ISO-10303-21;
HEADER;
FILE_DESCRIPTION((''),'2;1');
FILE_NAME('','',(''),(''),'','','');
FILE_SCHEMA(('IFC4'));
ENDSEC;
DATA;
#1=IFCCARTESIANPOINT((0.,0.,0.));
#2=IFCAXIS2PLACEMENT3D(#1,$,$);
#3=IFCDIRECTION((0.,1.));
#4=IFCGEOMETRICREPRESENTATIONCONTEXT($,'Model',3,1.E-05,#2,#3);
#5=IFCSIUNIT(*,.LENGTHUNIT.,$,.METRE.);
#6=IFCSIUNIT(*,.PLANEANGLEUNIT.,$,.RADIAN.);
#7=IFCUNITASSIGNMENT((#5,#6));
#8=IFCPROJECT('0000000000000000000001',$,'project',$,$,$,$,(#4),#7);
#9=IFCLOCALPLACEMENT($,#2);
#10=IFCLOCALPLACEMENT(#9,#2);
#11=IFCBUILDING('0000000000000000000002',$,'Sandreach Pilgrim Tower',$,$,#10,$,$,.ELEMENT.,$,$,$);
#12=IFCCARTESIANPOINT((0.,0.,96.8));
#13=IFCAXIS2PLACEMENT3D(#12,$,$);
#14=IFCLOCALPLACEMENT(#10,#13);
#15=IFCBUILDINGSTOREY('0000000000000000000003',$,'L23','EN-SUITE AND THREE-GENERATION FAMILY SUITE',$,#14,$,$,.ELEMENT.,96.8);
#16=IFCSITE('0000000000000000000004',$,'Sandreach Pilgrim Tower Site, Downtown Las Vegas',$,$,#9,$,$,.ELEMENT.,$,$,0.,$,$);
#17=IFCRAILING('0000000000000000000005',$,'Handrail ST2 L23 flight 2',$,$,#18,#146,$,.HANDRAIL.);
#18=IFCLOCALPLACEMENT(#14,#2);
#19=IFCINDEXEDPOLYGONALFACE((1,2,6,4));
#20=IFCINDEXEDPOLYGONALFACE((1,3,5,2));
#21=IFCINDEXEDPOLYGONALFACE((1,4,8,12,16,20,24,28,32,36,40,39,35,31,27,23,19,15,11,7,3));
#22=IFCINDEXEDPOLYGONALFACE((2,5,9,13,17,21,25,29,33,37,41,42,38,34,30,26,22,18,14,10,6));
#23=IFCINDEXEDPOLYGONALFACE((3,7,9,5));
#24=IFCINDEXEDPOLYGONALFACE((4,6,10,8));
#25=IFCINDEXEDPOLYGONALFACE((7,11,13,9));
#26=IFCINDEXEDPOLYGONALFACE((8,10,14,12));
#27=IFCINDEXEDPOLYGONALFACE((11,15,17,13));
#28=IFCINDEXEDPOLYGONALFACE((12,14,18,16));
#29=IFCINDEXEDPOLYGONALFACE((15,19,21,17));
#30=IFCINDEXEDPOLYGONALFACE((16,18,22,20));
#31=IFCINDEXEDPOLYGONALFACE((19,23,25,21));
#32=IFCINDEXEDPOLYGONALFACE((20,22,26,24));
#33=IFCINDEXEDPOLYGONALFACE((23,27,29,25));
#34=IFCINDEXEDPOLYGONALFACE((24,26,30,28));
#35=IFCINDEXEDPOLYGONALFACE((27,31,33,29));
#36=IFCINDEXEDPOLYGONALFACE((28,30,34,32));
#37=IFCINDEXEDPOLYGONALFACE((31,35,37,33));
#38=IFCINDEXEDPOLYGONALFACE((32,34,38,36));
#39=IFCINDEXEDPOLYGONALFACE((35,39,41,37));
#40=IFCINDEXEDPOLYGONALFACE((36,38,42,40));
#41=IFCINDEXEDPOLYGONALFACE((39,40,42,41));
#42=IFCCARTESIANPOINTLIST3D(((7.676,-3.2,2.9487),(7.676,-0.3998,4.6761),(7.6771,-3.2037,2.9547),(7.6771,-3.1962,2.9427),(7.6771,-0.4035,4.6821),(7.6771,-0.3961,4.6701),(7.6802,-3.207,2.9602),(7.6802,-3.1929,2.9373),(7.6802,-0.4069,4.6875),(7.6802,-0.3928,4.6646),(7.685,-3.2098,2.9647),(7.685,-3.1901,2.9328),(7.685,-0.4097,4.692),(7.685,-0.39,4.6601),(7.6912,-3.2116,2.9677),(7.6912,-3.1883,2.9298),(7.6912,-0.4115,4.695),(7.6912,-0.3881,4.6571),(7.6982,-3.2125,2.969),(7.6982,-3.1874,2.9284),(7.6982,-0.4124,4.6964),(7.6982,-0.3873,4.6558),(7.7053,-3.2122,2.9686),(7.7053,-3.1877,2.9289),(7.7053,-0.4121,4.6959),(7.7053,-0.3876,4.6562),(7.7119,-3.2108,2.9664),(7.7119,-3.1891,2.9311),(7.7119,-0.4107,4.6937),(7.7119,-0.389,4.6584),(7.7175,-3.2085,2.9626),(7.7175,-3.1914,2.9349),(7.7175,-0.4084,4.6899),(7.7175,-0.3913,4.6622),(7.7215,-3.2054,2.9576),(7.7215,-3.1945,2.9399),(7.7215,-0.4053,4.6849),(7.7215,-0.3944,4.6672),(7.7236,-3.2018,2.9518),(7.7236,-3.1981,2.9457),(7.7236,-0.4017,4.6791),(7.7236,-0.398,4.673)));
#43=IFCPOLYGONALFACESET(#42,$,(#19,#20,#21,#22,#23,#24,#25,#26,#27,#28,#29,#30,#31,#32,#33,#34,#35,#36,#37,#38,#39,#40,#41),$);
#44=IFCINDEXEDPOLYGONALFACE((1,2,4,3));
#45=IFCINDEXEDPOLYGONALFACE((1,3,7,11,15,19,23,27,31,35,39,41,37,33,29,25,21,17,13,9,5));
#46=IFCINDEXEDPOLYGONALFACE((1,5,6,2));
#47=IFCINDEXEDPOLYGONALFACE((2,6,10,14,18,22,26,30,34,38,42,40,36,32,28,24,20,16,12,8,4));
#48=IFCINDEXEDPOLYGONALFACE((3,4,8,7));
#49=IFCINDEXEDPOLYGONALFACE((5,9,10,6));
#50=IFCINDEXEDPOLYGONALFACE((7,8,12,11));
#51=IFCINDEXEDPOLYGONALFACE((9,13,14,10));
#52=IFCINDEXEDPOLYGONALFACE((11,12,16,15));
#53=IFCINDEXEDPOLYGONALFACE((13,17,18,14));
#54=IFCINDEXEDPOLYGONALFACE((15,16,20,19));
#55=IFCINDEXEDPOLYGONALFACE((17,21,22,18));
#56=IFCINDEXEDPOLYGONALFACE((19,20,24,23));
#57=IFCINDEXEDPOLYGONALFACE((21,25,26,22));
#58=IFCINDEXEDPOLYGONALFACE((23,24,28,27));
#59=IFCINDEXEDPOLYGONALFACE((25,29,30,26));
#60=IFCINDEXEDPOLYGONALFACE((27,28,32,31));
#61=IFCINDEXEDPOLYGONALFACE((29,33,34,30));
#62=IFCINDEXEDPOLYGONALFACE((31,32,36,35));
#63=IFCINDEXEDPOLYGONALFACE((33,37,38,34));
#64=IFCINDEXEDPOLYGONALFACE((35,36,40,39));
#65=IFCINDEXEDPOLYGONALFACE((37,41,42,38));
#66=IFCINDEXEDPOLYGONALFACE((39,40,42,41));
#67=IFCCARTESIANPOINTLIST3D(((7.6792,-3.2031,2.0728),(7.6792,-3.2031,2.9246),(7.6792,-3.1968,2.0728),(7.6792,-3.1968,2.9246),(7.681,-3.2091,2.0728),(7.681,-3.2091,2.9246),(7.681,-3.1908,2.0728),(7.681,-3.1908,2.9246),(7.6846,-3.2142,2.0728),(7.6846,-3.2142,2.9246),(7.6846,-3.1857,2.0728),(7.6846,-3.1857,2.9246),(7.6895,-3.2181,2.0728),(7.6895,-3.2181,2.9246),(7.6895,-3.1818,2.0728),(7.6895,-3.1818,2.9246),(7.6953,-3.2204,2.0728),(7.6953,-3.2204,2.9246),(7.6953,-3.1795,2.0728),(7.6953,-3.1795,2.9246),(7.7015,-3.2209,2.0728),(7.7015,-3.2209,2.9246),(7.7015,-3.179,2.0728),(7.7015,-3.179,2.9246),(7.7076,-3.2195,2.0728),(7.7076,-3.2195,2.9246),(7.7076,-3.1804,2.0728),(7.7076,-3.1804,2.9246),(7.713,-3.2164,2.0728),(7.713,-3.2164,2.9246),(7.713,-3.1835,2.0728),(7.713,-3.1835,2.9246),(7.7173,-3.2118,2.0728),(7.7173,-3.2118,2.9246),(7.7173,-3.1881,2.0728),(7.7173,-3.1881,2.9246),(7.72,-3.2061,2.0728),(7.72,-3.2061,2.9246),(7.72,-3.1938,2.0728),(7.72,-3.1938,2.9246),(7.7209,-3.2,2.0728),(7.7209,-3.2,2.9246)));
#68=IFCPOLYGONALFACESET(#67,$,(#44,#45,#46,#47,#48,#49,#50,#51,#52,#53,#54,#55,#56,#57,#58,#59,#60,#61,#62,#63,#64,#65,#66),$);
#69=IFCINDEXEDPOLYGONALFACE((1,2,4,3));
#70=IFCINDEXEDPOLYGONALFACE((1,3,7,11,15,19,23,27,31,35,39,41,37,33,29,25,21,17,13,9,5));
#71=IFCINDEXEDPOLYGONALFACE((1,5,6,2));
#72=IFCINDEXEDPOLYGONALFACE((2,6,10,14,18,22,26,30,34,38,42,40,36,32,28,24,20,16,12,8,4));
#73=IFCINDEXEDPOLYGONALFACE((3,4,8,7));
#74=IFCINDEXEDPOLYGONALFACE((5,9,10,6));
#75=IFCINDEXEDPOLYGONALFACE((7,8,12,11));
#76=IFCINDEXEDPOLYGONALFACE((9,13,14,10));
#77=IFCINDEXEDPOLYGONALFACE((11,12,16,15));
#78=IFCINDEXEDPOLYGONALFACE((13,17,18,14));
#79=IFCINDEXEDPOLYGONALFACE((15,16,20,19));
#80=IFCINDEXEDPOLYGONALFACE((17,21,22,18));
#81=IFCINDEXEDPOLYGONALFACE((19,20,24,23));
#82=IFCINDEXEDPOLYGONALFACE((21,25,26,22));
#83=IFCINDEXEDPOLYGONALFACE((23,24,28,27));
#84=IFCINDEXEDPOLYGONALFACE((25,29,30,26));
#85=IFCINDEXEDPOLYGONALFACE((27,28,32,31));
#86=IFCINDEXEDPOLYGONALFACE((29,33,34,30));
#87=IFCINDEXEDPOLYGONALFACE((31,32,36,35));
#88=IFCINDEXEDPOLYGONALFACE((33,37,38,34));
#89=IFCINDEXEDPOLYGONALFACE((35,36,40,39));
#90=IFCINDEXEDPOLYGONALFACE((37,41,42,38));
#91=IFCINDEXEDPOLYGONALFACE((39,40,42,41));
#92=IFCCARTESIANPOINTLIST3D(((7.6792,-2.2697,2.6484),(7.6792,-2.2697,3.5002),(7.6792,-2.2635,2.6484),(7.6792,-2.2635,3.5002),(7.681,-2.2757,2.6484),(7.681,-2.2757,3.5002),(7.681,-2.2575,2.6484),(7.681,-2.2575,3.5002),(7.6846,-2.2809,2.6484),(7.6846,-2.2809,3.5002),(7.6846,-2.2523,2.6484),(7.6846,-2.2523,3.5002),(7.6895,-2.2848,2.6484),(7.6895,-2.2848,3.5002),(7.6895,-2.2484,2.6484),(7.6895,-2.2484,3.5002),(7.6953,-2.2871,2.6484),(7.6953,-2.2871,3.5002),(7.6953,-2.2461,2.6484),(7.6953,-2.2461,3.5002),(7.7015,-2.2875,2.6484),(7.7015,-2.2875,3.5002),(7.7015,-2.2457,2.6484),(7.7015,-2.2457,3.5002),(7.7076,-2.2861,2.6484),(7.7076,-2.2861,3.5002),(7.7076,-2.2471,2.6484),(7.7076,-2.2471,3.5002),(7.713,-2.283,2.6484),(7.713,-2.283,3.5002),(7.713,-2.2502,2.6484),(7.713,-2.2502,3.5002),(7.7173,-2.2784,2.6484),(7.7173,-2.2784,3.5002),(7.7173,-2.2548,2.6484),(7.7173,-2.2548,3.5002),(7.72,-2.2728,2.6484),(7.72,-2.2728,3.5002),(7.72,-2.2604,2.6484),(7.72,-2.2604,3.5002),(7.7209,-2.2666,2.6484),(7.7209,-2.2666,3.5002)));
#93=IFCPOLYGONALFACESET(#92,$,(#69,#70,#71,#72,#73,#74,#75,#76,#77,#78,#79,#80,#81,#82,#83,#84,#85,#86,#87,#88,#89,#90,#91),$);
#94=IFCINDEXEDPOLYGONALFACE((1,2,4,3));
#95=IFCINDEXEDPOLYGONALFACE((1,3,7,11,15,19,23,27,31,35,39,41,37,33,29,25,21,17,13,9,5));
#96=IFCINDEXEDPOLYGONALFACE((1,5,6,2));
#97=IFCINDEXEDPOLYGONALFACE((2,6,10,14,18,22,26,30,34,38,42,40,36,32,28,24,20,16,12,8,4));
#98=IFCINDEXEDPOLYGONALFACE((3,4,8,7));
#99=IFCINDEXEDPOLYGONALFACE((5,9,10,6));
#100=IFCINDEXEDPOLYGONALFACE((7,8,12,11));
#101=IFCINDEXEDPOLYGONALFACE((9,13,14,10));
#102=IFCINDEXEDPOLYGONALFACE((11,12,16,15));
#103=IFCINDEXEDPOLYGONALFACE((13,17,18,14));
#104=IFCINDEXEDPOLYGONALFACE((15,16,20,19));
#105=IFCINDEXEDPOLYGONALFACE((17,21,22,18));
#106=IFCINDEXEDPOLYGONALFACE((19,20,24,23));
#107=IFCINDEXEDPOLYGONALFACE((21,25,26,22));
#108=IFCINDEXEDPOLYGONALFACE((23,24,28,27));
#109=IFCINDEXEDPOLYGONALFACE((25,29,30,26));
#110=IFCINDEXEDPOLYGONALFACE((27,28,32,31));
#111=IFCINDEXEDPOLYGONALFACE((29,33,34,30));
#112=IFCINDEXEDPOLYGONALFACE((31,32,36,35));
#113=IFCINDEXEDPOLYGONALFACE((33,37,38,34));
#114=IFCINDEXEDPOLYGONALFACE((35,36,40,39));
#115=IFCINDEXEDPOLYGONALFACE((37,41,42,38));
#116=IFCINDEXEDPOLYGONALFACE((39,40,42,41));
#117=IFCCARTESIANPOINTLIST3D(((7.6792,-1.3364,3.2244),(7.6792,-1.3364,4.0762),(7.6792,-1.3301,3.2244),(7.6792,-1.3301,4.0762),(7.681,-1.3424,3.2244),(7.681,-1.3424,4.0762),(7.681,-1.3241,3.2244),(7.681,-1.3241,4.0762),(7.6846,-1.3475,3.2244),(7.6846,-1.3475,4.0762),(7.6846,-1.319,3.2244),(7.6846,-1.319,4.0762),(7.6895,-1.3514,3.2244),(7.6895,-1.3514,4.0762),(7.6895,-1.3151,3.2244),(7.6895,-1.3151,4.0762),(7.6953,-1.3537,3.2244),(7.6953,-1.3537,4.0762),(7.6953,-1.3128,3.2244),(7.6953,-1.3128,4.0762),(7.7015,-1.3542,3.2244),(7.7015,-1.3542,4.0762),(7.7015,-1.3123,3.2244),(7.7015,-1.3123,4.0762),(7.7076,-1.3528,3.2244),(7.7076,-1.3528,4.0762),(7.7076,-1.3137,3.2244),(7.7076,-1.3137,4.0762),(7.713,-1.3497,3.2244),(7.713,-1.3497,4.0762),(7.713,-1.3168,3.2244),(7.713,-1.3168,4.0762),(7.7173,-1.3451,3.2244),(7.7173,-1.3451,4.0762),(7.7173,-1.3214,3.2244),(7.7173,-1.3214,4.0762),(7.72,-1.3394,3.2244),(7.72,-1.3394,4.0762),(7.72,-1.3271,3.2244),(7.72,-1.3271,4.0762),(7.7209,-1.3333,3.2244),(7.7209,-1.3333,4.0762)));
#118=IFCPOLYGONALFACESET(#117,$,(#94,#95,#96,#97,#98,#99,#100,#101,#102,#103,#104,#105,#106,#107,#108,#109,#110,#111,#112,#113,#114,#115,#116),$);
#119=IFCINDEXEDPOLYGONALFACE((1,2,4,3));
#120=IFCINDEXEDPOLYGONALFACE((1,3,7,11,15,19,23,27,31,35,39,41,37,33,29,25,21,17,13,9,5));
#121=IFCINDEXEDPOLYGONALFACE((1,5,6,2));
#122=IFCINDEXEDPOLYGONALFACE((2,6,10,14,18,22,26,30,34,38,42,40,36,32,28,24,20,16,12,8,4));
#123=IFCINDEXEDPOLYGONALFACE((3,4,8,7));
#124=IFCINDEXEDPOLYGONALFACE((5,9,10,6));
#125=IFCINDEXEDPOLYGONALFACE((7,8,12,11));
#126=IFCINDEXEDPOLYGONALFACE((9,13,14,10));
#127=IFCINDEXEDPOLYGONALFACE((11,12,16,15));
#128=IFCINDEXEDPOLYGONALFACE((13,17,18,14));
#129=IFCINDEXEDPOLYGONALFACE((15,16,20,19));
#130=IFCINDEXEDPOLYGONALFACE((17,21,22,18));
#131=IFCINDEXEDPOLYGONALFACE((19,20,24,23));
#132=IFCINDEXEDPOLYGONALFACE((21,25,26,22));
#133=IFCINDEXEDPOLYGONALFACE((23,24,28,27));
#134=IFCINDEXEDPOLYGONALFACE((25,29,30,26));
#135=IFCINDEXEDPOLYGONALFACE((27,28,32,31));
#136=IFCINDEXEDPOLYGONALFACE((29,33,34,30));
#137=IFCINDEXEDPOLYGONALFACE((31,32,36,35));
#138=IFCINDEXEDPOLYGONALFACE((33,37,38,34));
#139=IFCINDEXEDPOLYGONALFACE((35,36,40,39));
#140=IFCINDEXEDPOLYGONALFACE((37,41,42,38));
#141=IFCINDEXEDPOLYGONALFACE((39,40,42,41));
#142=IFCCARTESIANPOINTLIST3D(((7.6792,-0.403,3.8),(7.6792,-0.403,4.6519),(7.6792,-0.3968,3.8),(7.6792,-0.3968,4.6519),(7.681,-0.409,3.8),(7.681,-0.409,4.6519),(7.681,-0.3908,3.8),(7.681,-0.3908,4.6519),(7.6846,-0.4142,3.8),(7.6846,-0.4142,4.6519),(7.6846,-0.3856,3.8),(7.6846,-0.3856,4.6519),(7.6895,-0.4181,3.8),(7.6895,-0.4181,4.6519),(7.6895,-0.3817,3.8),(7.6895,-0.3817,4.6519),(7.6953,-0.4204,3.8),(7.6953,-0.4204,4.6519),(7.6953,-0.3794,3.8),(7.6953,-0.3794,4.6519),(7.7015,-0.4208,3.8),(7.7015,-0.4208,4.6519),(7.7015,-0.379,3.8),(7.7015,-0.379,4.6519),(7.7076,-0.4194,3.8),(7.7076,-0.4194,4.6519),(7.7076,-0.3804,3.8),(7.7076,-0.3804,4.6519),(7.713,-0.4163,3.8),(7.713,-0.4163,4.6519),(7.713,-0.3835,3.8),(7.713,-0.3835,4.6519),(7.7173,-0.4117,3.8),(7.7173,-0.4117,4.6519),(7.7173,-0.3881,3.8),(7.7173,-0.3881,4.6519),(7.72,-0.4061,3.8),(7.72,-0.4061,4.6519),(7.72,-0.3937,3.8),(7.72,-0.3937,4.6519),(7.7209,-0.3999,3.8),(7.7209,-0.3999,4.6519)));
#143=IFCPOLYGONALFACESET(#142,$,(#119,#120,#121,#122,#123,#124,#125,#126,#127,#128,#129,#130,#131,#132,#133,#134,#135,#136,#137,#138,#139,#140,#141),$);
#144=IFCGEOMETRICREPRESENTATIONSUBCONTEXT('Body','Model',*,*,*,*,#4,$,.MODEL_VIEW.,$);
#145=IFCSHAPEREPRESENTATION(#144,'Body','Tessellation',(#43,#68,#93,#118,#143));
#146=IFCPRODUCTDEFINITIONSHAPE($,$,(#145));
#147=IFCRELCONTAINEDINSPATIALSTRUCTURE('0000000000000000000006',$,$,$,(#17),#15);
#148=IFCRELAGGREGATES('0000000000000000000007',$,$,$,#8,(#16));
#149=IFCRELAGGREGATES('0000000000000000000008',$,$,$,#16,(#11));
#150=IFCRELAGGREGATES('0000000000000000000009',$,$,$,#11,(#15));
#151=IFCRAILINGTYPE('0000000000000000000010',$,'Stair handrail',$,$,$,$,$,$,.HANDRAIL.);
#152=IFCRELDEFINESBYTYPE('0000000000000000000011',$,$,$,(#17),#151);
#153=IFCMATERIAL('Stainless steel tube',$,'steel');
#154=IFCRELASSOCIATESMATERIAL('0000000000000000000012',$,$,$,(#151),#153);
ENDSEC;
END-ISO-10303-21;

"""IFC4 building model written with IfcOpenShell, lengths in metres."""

from ifc_helpers import new_model, si_unit, direction, frame, origin, origin_2d, place, context, subcontext, project, spatial, circle, extrude, material, type_object, element, save


model = new_model("IFC4")

# Units and contexts
model_context = context("Model", 3, precision=1e-05, world=origin(), true_north=direction((0.0, 1.0)))
body_context = subcontext(model_context, "Body", "Model", "MODEL_VIEW")
ifc_project = project(units=[si_unit("LENGTHUNIT", "METRE"), si_unit("PLANEANGLEUNIT", "RADIAN")], contexts=[model_context])

# Site, building, storey
site_placement = place(None, origin())
site = spatial("IfcSite", under=ifc_project, at=site_placement, Name="Sandreach Pilgrim Tower Site, Downtown Las Vegas", CompositionType="ELEMENT", RefElevation=0.0)
building_placement = place(site_placement, origin())
building = spatial("IfcBuilding", under=site, at=building_placement, Name="Sandreach Pilgrim Tower", CompositionType="ELEMENT")
storey_placement = place(building_placement, frame((0.0, 0.0, 96.8)))
storey = spatial("IfcBuildingStorey", under=building, at=storey_placement, Name="L23", Description="EN-SUITE AND THREE-GENERATION FAMILY SUITE", CompositionType="ELEMENT", Elevation=96.8)

# Railing
ifc_material_1 = material(Name="Stainless steel tube", Category="steel")
railing_type = type_object("IfcRailingType", Name="Stair handrail", PredefinedType="HANDRAIL", material=ifc_material_1)
for number, where, name in (
    (1, (7.7, -3.2, 2.0728), "Handrail ST2 L23 flight 2"),
):
    element("IfcRailing", number, at=place(storey_placement, frame(where)), inside=storey, type_object=railing_type, Name=name, PredefinedType="HANDRAIL", context=body_context, shape_type="SweptSolid", body=[
        extrude(circle(Radius=0.0239, at=origin_2d()), frame((0.0, 0.0, 0.876), z_axis=(0.0, 0.85109, 0.52502), x_axis=(-1.0, 0.0, 0.0)), (0.0, 0.0, 1.0), 3.29),
        extrude(circle(Radius=0.021, at=origin_2d()), origin(), (0.0, 0.0, 1.0), 0.8518),
        extrude(circle(Radius=0.021, at=origin_2d()), frame((0.0, 0.9333, 0.5757)), (0.0, 0.0, 1.0), 0.8518),
        extrude(circle(Radius=0.021, at=origin_2d()), frame((0.0, 1.8667, 1.1516)), (0.0, 0.0, 1.0), 0.8518),
        extrude(circle(Radius=0.021, at=origin_2d()), frame((0.0, 2.8, 1.7273)), (0.0, 0.0, 1.0), 0.8518),
    ])

save(model, "model.ifc")
